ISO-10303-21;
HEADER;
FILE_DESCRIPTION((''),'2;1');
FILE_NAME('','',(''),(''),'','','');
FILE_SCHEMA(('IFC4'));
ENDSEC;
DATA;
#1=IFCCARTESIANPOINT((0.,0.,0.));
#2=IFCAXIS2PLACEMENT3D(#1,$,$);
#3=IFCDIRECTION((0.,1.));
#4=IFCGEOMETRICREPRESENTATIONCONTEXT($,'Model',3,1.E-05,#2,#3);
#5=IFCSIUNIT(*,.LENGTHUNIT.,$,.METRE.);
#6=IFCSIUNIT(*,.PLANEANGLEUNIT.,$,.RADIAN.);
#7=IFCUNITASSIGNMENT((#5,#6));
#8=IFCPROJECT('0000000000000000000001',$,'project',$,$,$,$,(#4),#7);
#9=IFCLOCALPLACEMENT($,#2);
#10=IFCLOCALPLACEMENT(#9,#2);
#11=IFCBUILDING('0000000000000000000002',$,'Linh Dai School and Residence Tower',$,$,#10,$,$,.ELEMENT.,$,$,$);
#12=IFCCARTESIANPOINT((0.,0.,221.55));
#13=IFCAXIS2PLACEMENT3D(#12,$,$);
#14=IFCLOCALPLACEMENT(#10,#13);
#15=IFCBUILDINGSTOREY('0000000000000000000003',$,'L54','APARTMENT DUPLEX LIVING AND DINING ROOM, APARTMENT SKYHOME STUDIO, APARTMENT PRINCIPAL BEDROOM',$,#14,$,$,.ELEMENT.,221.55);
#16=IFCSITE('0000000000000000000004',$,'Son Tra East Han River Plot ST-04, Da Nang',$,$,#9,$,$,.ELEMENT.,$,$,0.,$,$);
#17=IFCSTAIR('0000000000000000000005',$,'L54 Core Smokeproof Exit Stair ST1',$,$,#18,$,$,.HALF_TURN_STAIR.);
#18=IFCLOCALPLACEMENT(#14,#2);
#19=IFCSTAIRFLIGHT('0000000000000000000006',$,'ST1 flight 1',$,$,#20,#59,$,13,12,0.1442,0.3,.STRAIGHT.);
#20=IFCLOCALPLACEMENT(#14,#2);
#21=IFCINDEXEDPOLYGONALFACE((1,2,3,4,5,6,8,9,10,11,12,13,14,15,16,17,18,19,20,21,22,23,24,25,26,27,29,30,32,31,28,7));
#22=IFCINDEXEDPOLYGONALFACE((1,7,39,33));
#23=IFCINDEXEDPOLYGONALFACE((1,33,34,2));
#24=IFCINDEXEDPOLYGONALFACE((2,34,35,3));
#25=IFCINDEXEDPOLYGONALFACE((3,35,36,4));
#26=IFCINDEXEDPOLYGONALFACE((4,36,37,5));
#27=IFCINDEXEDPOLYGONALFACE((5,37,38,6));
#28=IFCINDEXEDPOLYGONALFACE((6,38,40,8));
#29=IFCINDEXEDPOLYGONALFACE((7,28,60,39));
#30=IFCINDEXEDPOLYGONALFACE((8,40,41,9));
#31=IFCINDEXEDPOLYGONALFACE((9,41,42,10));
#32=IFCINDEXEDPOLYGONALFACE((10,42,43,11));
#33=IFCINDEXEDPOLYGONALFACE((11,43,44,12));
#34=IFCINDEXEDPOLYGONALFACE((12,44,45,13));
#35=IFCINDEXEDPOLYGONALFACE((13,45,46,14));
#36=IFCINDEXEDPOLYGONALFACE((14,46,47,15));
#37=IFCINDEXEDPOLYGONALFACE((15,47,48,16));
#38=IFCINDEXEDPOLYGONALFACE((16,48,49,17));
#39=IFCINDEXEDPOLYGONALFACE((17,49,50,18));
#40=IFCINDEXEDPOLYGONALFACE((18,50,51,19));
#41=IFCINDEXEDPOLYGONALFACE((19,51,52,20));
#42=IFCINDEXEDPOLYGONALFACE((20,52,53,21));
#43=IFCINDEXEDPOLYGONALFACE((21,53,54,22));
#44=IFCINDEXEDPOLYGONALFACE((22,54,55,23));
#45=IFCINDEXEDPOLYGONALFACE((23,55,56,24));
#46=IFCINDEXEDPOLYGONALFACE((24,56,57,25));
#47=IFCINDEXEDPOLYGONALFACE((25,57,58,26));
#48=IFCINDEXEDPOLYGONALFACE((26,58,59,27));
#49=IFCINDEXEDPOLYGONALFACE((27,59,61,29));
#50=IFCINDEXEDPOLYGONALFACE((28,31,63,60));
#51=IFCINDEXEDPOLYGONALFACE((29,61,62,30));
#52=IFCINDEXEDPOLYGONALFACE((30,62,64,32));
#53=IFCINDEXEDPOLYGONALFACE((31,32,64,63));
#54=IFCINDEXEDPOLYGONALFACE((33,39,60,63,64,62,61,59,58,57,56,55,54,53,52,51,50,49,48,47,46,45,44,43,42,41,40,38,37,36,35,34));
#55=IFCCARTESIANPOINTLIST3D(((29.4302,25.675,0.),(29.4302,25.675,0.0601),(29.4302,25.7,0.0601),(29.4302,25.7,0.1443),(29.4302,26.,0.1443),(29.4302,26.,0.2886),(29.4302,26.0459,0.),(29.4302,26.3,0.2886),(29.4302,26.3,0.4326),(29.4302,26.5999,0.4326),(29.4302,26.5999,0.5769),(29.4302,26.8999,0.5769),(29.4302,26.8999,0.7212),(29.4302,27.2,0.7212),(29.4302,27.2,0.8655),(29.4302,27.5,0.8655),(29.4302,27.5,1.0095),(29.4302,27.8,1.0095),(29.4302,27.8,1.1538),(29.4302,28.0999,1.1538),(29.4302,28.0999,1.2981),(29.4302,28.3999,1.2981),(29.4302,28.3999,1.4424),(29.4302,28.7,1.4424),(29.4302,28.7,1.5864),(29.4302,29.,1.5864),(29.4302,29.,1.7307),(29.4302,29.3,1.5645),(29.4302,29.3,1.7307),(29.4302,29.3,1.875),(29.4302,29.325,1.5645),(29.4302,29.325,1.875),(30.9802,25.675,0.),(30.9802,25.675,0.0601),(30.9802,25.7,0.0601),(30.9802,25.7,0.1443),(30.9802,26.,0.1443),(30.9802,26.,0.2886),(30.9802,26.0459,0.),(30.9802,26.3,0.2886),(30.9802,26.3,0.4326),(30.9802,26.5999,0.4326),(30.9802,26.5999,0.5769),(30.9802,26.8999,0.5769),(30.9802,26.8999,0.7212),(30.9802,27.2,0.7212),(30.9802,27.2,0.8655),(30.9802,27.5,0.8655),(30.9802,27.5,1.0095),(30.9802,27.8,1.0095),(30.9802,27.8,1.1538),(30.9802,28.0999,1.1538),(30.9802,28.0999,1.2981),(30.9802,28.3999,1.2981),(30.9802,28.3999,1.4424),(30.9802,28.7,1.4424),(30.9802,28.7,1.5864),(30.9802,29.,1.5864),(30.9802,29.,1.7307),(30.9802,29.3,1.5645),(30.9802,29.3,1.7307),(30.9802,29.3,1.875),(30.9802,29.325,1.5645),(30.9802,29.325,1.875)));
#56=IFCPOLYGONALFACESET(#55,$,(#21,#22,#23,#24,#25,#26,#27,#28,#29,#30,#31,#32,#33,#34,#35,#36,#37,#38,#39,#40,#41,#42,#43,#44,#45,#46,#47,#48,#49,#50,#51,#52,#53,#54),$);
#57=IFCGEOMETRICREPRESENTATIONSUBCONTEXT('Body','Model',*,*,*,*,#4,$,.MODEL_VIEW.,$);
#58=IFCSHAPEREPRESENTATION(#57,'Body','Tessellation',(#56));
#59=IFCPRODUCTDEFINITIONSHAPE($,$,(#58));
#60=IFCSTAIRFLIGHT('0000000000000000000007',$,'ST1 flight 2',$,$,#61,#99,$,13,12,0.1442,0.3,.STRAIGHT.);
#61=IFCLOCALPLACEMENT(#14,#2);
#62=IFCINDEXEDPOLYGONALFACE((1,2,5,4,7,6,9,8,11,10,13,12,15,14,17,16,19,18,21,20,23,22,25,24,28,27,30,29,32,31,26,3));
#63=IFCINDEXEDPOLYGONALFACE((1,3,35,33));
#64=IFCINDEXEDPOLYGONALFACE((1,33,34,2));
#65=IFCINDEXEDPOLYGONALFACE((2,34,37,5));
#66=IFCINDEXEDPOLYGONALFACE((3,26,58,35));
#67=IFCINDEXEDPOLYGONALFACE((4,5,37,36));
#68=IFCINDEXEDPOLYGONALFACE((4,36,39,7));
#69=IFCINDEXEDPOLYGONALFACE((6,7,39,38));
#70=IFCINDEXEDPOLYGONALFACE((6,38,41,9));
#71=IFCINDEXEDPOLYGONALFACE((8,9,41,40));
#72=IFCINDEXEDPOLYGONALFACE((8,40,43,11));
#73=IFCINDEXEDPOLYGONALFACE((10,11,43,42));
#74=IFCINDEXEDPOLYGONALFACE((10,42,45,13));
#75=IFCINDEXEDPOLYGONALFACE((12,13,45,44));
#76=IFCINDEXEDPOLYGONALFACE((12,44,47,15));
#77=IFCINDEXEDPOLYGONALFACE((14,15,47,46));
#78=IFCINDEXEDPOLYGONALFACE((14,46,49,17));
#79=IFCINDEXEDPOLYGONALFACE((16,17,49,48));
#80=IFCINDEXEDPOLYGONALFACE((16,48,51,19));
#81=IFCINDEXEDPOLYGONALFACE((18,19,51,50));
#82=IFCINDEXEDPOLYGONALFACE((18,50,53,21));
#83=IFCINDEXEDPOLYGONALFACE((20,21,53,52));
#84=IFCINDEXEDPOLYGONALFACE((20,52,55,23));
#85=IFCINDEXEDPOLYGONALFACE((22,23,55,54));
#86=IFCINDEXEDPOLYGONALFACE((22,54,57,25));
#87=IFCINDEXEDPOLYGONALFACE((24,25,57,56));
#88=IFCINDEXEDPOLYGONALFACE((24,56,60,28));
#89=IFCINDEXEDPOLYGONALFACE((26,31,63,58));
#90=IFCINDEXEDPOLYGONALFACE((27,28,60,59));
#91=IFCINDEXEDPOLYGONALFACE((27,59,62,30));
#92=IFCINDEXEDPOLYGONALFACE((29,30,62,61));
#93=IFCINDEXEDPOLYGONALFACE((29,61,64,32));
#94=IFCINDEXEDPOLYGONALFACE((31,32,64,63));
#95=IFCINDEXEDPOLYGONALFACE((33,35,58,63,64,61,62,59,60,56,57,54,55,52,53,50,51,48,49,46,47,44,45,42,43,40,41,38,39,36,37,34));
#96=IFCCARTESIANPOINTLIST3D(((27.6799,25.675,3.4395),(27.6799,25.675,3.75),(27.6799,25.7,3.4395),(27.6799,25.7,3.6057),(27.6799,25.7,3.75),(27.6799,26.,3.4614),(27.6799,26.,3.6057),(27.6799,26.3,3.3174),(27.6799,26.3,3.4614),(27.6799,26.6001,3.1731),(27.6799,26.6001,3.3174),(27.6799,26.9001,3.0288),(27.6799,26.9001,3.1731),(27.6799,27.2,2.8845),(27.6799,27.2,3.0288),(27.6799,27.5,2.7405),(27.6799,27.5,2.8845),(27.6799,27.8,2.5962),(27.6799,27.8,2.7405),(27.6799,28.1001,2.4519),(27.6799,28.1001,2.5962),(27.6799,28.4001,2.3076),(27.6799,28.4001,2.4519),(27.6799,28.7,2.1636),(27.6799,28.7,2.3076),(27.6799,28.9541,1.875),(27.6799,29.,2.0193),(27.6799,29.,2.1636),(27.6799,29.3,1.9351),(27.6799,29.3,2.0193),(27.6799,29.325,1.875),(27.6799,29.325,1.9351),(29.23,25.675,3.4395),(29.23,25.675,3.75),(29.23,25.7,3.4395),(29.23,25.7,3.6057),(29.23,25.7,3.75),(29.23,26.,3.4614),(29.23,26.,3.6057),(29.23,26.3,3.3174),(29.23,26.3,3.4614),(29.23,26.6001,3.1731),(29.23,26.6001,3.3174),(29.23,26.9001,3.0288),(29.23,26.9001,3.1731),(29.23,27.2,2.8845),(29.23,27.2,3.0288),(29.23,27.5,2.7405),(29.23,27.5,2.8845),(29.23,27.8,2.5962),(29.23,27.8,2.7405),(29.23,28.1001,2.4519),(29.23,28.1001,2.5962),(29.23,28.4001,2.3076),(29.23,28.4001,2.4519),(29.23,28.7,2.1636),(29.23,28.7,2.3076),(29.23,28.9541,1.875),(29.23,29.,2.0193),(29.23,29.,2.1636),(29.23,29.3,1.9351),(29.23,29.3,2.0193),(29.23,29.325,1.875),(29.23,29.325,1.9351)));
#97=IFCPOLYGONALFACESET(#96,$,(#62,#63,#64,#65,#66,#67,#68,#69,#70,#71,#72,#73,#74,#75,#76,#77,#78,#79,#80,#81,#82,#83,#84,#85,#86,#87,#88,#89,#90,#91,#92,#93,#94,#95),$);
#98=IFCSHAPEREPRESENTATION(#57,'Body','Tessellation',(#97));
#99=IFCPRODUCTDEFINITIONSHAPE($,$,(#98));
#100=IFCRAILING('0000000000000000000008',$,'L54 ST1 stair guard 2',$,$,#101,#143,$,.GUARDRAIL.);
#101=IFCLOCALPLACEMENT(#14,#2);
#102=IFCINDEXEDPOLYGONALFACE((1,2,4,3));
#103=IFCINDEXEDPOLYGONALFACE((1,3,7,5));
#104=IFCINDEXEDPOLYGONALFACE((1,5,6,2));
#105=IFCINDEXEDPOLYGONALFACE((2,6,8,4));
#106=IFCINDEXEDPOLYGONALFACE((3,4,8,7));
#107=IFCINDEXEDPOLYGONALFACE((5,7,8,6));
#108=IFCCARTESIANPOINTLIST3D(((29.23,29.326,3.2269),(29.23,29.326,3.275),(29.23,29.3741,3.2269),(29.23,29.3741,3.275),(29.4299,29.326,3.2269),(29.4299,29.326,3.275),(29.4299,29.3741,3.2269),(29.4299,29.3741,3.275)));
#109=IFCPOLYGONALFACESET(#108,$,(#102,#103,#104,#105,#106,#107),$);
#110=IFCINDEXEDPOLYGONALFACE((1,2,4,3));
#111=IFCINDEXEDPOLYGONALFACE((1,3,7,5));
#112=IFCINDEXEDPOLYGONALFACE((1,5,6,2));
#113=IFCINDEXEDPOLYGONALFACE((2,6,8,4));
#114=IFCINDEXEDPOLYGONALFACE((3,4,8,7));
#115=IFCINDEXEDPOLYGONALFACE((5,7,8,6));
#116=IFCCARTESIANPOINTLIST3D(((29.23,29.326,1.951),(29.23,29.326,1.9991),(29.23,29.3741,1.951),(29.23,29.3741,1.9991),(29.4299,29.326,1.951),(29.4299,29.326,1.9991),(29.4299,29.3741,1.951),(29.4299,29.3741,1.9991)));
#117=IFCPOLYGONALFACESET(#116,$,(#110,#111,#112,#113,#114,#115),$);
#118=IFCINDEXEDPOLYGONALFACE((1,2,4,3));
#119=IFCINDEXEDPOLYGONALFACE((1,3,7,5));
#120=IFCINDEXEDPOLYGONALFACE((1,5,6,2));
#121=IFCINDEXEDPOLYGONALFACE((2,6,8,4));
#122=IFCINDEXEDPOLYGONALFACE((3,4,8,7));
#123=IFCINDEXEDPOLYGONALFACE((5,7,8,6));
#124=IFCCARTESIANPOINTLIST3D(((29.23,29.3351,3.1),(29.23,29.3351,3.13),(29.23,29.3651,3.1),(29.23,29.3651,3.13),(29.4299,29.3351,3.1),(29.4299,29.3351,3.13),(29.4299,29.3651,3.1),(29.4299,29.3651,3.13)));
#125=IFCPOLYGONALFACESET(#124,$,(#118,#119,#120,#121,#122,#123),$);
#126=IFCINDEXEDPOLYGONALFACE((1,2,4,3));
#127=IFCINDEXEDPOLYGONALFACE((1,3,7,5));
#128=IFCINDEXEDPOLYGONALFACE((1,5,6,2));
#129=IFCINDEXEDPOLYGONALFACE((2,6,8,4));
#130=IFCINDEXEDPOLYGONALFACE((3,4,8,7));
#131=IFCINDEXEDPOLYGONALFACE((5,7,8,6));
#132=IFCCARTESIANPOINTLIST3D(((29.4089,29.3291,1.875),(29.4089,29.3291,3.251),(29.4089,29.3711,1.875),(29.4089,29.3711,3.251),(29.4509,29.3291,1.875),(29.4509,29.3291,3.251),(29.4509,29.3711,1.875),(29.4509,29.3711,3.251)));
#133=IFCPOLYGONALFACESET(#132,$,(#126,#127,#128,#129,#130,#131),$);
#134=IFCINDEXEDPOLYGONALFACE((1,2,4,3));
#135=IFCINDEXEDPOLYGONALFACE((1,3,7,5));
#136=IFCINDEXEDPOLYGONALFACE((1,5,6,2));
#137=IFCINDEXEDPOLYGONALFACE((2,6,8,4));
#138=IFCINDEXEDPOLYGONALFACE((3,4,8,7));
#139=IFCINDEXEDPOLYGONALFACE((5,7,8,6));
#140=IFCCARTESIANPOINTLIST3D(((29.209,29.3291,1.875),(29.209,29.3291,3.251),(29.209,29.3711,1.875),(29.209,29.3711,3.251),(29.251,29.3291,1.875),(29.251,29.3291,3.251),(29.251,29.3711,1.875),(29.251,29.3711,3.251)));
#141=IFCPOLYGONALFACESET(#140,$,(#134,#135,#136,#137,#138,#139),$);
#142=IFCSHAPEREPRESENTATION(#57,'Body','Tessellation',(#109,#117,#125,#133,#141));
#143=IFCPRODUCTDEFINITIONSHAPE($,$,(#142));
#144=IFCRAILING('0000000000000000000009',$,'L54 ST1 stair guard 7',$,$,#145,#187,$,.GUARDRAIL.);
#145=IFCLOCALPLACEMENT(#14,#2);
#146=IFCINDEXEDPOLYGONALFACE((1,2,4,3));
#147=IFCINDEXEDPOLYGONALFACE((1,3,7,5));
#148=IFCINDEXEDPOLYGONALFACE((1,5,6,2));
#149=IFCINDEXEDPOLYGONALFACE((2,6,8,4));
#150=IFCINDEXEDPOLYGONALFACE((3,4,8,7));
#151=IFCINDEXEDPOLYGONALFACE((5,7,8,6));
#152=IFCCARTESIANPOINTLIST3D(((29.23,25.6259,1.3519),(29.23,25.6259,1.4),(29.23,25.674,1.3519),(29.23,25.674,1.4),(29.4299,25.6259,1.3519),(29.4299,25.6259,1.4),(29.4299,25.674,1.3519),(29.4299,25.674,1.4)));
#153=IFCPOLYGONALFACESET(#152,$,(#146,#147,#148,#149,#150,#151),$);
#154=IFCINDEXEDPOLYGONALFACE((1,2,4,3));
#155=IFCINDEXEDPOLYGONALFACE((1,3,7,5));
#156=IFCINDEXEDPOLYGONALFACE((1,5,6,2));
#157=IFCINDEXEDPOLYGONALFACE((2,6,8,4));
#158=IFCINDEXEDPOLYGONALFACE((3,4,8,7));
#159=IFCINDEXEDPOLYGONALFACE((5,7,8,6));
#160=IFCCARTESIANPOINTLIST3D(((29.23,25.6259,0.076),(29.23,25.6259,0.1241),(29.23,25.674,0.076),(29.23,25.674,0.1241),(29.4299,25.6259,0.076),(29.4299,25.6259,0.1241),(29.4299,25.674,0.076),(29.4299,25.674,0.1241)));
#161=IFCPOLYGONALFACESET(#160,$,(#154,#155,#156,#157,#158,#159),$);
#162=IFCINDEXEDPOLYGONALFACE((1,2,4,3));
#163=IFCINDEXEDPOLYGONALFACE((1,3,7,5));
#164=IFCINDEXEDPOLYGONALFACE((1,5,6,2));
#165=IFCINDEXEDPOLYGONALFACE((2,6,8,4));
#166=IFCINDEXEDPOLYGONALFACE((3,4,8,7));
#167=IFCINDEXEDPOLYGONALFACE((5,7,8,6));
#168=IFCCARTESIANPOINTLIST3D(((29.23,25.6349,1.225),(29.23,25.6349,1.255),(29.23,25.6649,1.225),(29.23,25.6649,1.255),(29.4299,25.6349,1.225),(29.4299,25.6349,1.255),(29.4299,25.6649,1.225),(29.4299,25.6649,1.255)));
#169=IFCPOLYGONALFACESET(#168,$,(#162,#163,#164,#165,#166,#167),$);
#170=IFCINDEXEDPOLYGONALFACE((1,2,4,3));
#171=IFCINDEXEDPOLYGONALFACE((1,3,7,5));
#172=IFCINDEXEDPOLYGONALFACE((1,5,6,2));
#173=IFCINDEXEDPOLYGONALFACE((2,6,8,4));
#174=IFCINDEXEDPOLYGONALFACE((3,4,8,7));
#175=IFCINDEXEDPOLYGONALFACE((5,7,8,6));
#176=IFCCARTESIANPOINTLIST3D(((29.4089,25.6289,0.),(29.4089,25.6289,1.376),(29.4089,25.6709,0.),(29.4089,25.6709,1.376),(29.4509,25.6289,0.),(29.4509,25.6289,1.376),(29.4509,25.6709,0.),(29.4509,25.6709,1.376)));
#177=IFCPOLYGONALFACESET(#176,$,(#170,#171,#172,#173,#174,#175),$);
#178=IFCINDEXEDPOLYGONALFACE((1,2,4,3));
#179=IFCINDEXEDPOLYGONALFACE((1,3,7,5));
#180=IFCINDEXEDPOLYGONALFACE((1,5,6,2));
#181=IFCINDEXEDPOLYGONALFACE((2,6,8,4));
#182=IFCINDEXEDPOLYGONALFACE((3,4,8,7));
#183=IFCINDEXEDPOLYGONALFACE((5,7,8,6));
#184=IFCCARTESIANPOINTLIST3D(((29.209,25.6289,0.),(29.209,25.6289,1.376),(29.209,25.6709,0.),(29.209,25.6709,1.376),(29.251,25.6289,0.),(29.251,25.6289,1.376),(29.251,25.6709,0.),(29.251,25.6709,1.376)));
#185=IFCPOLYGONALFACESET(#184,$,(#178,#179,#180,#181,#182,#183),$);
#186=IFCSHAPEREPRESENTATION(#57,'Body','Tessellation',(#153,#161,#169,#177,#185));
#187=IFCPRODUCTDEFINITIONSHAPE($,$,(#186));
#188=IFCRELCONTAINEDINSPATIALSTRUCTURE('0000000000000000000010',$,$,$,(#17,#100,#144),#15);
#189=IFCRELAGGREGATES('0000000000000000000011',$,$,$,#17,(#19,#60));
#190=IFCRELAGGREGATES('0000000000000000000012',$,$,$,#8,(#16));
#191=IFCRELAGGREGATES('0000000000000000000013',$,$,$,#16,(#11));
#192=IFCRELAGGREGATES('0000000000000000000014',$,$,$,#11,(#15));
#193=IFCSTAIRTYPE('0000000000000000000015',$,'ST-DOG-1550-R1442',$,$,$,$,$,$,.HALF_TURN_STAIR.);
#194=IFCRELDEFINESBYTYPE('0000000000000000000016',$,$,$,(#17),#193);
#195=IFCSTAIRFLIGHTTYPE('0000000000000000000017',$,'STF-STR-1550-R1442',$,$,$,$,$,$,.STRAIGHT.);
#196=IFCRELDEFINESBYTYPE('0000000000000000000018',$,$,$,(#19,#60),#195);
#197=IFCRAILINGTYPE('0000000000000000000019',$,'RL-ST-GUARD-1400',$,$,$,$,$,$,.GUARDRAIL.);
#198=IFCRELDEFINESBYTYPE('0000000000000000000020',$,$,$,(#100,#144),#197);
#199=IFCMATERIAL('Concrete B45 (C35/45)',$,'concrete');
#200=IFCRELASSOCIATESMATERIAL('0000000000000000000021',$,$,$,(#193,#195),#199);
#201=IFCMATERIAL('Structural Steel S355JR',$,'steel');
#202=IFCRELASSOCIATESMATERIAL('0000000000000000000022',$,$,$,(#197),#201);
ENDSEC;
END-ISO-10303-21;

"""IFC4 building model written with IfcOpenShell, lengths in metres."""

from ifc_helpers import new_model, si_unit, direction, frame, origin, origin_2d, place, context, subcontext, project, spatial, polyline, rectangle, outline, extrude, source, transform, mapped, material, type_object, element, aggregate, save


model = new_model("IFC4")

# Units and contexts
model_context = context("Model", 3, precision=1e-05, world=origin(), true_north=direction((0.0, 1.0)))
body_context = subcontext(model_context, "Body", "Model", "MODEL_VIEW")
ifc_project = project(units=[si_unit("LENGTHUNIT", "METRE"), si_unit("PLANEANGLEUNIT", "RADIAN")], contexts=[model_context])

# Site, building, storey
site_placement = place(None, origin())
site = spatial("IfcSite", under=ifc_project, at=site_placement, Name="Son Tra East Han River Plot ST-04, Da Nang", CompositionType="ELEMENT", RefElevation=0.0)
building_placement = place(site_placement, origin())
building = spatial("IfcBuilding", under=site, at=building_placement, Name="Linh Dai School and Residence Tower", CompositionType="ELEMENT")
storey_placement = place(building_placement, frame((0.0, 0.0, 221.55)))
storey = spatial("IfcBuildingStorey", under=building, at=storey_placement, Name="L54", Description="APARTMENT DUPLEX LIVING AND DINING ROOM, APARTMENT SKYHOME STUDIO, APARTMENT PRINCIPAL BEDROOM", CompositionType="ELEMENT", Elevation=221.55)

# Shared definitions
ifc_material_1 = material(Name="Concrete B45 (C35/45)", Category="concrete")

# Stair, stair flights
stair_type = type_object("IfcStairType", Name="ST-DOG-1550-R1442", PredefinedType="HALF_TURN_STAIR", material=ifc_material_1)
stair_placement = place(storey_placement, origin())
stair = element("IfcStair", 1, at=stair_placement, inside=storey, type_object=stair_type, Name="L54 Core Smokeproof Exit Stair ST1", PredefinedType="HALF_TURN_STAIR")
stair_flight_type = type_object("IfcStairFlightType", Name="STF-STR-1550-R1442", PredefinedType="STRAIGHT", material=ifc_material_1)
shared_shape_1 = source(origin(), body_context, "Body", "SweptSolid", [
    extrude(outline(polyline([(-0.0249, 0.0), (-0.0249, 0.0601), (0.0, 0.0601), (0.0, 0.1443), (0.3, 0.1443), (0.3, 0.2886), (0.6001, 0.2886), (0.6001, 0.4326), (0.8999, 0.4326), (0.8999, 0.5769), (1.2, 0.5769), (1.2, 0.7212), (1.5, 0.7212), (1.5, 0.8655), (1.8, 0.8655), (1.8, 1.0095), (2.1001, 1.0095), (2.1001, 1.1538), (2.3999, 1.1538), (2.3999, 1.2981), (2.7, 1.2981), (2.7, 1.4424), (3.0, 1.4424), (3.0, 1.5864), (3.3, 1.5864), (3.3, 1.7307), (3.6001, 1.7307), (3.6001, 1.875), (3.625, 1.875), (3.625, 1.5645), (3.6001, 1.5645), (0.3459, 0.0), (-0.0249, 0.0)])), frame((0.0, 0.7749, 0.0), z_axis=(0.0, -1.0, 0.0), x_axis=(1.0, 0.0, 0.0)), (0.0, 0.0, 1.0), 1.55),
])
stair_flight_1_placement = place(storey_placement, frame((30.2051, 25.7, 0.0), z_axis=(0.0, 0.0, 1.0), x_axis=(0.0, 1.0, 0.0)))
stair_flight_1 = element("IfcStairFlight", 2, at=stair_flight_1_placement, type_object=stair_flight_type, Name="ST1 flight 1", NumberOfRisers=13, NumberOfTreads=12, PredefinedType="STRAIGHT", RiserHeight=0.1442, TreadLength=0.3, context=body_context, shape_type="MappedRepresentation", body=[
    mapped(shared_shape_1, transform((0.0, 0.0, 0.0), x_axis=(1.0, 0.0, 0.0), y_axis=(0.0, 1.0, 0.0), z_axis=(0.0, 0.0, 1.0), scale=1.0)),
])
stair_flight_2_placement = place(storey_placement, frame((28.4551, 29.3, 1.875), z_axis=(0.0, 0.0, 1.0), x_axis=(0.0, -1.0, 0.0)))
stair_flight_2 = element("IfcStairFlight", 3, at=stair_flight_2_placement, type_object=stair_flight_type, Name="ST1 flight 2", NumberOfRisers=13, NumberOfTreads=12, PredefinedType="STRAIGHT", RiserHeight=0.1442, TreadLength=0.3, context=body_context, shape_type="MappedRepresentation", body=[
    mapped(shared_shape_1, transform((0.0, 0.0, 0.0), x_axis=(1.0, 0.0, 0.0), y_axis=(0.0, 1.0, 0.0), z_axis=(0.0, 0.0, 1.0), scale=1.0)),
])
aggregate(stair, [stair_flight_1, stair_flight_2])

# Railings
ifc_material_2 = material(Name="Structural Steel S355JR", Category="steel")
railing_type_1 = type_object("IfcRailingType", Name="RL-ST-GUARD-1400", PredefinedType="GUARDRAIL", material=ifc_material_2)
shared_shape_2 = source(origin(), body_context, "Body", "SweptSolid", [
    extrude(rectangle(XDim=0.0481, YDim=0.0481, at=origin_2d()), frame((0.0, 0.0, 1.376), z_axis=(-1.0, 0.0, 0.0), x_axis=(0.0, -1.0, 0.0)), (0.0, 0.0, 1.0), 0.2),
    extrude(rectangle(XDim=0.0481, YDim=0.0481, at=origin_2d()), frame((0.0, 0.0, 0.1001), z_axis=(-1.0, 0.0, 0.0), x_axis=(0.0, -1.0, 0.0)), (0.0, 0.0, 1.0), 0.2),
    extrude(rectangle(XDim=0.03, YDim=0.03, at=origin_2d()), frame((0.0, 0.0, 1.24), z_axis=(-1.0, 0.0, 0.0), x_axis=(0.0, -1.0, 0.0)), (0.0, 0.0, 1.0), 0.2),
    extrude(rectangle(XDim=0.042, YDim=0.042, at=origin_2d()), origin(), (0.0, 0.0, 1.0), 1.376),
    extrude(rectangle(XDim=0.042, YDim=0.042, at=origin_2d()), frame((-0.2, 0.0, 0.0)), (0.0, 0.0, 1.0), 1.376),
])
for number, where, name in (
    (4, (29.4299, 29.3501, 1.875), "L54 ST1 stair guard 2"),
    (5, (29.4299, 25.6499, 0.0), "L54 ST1 stair guard 7"),
):
    element("IfcRailing", number, at=place(storey_placement, frame(where)), inside=storey, type_object=railing_type_1, Name=name, PredefinedType="GUARDRAIL", context=body_context, shape_type="MappedRepresentation", body=[
        mapped(shared_shape_2, transform((0.0, 0.0, 0.0), x_axis=(1.0, 0.0, 0.0), y_axis=(0.0, 1.0, 0.0), z_axis=(0.0, 0.0, 1.0), scale=1.0)),
    ])

save(model, "model.ifc")
